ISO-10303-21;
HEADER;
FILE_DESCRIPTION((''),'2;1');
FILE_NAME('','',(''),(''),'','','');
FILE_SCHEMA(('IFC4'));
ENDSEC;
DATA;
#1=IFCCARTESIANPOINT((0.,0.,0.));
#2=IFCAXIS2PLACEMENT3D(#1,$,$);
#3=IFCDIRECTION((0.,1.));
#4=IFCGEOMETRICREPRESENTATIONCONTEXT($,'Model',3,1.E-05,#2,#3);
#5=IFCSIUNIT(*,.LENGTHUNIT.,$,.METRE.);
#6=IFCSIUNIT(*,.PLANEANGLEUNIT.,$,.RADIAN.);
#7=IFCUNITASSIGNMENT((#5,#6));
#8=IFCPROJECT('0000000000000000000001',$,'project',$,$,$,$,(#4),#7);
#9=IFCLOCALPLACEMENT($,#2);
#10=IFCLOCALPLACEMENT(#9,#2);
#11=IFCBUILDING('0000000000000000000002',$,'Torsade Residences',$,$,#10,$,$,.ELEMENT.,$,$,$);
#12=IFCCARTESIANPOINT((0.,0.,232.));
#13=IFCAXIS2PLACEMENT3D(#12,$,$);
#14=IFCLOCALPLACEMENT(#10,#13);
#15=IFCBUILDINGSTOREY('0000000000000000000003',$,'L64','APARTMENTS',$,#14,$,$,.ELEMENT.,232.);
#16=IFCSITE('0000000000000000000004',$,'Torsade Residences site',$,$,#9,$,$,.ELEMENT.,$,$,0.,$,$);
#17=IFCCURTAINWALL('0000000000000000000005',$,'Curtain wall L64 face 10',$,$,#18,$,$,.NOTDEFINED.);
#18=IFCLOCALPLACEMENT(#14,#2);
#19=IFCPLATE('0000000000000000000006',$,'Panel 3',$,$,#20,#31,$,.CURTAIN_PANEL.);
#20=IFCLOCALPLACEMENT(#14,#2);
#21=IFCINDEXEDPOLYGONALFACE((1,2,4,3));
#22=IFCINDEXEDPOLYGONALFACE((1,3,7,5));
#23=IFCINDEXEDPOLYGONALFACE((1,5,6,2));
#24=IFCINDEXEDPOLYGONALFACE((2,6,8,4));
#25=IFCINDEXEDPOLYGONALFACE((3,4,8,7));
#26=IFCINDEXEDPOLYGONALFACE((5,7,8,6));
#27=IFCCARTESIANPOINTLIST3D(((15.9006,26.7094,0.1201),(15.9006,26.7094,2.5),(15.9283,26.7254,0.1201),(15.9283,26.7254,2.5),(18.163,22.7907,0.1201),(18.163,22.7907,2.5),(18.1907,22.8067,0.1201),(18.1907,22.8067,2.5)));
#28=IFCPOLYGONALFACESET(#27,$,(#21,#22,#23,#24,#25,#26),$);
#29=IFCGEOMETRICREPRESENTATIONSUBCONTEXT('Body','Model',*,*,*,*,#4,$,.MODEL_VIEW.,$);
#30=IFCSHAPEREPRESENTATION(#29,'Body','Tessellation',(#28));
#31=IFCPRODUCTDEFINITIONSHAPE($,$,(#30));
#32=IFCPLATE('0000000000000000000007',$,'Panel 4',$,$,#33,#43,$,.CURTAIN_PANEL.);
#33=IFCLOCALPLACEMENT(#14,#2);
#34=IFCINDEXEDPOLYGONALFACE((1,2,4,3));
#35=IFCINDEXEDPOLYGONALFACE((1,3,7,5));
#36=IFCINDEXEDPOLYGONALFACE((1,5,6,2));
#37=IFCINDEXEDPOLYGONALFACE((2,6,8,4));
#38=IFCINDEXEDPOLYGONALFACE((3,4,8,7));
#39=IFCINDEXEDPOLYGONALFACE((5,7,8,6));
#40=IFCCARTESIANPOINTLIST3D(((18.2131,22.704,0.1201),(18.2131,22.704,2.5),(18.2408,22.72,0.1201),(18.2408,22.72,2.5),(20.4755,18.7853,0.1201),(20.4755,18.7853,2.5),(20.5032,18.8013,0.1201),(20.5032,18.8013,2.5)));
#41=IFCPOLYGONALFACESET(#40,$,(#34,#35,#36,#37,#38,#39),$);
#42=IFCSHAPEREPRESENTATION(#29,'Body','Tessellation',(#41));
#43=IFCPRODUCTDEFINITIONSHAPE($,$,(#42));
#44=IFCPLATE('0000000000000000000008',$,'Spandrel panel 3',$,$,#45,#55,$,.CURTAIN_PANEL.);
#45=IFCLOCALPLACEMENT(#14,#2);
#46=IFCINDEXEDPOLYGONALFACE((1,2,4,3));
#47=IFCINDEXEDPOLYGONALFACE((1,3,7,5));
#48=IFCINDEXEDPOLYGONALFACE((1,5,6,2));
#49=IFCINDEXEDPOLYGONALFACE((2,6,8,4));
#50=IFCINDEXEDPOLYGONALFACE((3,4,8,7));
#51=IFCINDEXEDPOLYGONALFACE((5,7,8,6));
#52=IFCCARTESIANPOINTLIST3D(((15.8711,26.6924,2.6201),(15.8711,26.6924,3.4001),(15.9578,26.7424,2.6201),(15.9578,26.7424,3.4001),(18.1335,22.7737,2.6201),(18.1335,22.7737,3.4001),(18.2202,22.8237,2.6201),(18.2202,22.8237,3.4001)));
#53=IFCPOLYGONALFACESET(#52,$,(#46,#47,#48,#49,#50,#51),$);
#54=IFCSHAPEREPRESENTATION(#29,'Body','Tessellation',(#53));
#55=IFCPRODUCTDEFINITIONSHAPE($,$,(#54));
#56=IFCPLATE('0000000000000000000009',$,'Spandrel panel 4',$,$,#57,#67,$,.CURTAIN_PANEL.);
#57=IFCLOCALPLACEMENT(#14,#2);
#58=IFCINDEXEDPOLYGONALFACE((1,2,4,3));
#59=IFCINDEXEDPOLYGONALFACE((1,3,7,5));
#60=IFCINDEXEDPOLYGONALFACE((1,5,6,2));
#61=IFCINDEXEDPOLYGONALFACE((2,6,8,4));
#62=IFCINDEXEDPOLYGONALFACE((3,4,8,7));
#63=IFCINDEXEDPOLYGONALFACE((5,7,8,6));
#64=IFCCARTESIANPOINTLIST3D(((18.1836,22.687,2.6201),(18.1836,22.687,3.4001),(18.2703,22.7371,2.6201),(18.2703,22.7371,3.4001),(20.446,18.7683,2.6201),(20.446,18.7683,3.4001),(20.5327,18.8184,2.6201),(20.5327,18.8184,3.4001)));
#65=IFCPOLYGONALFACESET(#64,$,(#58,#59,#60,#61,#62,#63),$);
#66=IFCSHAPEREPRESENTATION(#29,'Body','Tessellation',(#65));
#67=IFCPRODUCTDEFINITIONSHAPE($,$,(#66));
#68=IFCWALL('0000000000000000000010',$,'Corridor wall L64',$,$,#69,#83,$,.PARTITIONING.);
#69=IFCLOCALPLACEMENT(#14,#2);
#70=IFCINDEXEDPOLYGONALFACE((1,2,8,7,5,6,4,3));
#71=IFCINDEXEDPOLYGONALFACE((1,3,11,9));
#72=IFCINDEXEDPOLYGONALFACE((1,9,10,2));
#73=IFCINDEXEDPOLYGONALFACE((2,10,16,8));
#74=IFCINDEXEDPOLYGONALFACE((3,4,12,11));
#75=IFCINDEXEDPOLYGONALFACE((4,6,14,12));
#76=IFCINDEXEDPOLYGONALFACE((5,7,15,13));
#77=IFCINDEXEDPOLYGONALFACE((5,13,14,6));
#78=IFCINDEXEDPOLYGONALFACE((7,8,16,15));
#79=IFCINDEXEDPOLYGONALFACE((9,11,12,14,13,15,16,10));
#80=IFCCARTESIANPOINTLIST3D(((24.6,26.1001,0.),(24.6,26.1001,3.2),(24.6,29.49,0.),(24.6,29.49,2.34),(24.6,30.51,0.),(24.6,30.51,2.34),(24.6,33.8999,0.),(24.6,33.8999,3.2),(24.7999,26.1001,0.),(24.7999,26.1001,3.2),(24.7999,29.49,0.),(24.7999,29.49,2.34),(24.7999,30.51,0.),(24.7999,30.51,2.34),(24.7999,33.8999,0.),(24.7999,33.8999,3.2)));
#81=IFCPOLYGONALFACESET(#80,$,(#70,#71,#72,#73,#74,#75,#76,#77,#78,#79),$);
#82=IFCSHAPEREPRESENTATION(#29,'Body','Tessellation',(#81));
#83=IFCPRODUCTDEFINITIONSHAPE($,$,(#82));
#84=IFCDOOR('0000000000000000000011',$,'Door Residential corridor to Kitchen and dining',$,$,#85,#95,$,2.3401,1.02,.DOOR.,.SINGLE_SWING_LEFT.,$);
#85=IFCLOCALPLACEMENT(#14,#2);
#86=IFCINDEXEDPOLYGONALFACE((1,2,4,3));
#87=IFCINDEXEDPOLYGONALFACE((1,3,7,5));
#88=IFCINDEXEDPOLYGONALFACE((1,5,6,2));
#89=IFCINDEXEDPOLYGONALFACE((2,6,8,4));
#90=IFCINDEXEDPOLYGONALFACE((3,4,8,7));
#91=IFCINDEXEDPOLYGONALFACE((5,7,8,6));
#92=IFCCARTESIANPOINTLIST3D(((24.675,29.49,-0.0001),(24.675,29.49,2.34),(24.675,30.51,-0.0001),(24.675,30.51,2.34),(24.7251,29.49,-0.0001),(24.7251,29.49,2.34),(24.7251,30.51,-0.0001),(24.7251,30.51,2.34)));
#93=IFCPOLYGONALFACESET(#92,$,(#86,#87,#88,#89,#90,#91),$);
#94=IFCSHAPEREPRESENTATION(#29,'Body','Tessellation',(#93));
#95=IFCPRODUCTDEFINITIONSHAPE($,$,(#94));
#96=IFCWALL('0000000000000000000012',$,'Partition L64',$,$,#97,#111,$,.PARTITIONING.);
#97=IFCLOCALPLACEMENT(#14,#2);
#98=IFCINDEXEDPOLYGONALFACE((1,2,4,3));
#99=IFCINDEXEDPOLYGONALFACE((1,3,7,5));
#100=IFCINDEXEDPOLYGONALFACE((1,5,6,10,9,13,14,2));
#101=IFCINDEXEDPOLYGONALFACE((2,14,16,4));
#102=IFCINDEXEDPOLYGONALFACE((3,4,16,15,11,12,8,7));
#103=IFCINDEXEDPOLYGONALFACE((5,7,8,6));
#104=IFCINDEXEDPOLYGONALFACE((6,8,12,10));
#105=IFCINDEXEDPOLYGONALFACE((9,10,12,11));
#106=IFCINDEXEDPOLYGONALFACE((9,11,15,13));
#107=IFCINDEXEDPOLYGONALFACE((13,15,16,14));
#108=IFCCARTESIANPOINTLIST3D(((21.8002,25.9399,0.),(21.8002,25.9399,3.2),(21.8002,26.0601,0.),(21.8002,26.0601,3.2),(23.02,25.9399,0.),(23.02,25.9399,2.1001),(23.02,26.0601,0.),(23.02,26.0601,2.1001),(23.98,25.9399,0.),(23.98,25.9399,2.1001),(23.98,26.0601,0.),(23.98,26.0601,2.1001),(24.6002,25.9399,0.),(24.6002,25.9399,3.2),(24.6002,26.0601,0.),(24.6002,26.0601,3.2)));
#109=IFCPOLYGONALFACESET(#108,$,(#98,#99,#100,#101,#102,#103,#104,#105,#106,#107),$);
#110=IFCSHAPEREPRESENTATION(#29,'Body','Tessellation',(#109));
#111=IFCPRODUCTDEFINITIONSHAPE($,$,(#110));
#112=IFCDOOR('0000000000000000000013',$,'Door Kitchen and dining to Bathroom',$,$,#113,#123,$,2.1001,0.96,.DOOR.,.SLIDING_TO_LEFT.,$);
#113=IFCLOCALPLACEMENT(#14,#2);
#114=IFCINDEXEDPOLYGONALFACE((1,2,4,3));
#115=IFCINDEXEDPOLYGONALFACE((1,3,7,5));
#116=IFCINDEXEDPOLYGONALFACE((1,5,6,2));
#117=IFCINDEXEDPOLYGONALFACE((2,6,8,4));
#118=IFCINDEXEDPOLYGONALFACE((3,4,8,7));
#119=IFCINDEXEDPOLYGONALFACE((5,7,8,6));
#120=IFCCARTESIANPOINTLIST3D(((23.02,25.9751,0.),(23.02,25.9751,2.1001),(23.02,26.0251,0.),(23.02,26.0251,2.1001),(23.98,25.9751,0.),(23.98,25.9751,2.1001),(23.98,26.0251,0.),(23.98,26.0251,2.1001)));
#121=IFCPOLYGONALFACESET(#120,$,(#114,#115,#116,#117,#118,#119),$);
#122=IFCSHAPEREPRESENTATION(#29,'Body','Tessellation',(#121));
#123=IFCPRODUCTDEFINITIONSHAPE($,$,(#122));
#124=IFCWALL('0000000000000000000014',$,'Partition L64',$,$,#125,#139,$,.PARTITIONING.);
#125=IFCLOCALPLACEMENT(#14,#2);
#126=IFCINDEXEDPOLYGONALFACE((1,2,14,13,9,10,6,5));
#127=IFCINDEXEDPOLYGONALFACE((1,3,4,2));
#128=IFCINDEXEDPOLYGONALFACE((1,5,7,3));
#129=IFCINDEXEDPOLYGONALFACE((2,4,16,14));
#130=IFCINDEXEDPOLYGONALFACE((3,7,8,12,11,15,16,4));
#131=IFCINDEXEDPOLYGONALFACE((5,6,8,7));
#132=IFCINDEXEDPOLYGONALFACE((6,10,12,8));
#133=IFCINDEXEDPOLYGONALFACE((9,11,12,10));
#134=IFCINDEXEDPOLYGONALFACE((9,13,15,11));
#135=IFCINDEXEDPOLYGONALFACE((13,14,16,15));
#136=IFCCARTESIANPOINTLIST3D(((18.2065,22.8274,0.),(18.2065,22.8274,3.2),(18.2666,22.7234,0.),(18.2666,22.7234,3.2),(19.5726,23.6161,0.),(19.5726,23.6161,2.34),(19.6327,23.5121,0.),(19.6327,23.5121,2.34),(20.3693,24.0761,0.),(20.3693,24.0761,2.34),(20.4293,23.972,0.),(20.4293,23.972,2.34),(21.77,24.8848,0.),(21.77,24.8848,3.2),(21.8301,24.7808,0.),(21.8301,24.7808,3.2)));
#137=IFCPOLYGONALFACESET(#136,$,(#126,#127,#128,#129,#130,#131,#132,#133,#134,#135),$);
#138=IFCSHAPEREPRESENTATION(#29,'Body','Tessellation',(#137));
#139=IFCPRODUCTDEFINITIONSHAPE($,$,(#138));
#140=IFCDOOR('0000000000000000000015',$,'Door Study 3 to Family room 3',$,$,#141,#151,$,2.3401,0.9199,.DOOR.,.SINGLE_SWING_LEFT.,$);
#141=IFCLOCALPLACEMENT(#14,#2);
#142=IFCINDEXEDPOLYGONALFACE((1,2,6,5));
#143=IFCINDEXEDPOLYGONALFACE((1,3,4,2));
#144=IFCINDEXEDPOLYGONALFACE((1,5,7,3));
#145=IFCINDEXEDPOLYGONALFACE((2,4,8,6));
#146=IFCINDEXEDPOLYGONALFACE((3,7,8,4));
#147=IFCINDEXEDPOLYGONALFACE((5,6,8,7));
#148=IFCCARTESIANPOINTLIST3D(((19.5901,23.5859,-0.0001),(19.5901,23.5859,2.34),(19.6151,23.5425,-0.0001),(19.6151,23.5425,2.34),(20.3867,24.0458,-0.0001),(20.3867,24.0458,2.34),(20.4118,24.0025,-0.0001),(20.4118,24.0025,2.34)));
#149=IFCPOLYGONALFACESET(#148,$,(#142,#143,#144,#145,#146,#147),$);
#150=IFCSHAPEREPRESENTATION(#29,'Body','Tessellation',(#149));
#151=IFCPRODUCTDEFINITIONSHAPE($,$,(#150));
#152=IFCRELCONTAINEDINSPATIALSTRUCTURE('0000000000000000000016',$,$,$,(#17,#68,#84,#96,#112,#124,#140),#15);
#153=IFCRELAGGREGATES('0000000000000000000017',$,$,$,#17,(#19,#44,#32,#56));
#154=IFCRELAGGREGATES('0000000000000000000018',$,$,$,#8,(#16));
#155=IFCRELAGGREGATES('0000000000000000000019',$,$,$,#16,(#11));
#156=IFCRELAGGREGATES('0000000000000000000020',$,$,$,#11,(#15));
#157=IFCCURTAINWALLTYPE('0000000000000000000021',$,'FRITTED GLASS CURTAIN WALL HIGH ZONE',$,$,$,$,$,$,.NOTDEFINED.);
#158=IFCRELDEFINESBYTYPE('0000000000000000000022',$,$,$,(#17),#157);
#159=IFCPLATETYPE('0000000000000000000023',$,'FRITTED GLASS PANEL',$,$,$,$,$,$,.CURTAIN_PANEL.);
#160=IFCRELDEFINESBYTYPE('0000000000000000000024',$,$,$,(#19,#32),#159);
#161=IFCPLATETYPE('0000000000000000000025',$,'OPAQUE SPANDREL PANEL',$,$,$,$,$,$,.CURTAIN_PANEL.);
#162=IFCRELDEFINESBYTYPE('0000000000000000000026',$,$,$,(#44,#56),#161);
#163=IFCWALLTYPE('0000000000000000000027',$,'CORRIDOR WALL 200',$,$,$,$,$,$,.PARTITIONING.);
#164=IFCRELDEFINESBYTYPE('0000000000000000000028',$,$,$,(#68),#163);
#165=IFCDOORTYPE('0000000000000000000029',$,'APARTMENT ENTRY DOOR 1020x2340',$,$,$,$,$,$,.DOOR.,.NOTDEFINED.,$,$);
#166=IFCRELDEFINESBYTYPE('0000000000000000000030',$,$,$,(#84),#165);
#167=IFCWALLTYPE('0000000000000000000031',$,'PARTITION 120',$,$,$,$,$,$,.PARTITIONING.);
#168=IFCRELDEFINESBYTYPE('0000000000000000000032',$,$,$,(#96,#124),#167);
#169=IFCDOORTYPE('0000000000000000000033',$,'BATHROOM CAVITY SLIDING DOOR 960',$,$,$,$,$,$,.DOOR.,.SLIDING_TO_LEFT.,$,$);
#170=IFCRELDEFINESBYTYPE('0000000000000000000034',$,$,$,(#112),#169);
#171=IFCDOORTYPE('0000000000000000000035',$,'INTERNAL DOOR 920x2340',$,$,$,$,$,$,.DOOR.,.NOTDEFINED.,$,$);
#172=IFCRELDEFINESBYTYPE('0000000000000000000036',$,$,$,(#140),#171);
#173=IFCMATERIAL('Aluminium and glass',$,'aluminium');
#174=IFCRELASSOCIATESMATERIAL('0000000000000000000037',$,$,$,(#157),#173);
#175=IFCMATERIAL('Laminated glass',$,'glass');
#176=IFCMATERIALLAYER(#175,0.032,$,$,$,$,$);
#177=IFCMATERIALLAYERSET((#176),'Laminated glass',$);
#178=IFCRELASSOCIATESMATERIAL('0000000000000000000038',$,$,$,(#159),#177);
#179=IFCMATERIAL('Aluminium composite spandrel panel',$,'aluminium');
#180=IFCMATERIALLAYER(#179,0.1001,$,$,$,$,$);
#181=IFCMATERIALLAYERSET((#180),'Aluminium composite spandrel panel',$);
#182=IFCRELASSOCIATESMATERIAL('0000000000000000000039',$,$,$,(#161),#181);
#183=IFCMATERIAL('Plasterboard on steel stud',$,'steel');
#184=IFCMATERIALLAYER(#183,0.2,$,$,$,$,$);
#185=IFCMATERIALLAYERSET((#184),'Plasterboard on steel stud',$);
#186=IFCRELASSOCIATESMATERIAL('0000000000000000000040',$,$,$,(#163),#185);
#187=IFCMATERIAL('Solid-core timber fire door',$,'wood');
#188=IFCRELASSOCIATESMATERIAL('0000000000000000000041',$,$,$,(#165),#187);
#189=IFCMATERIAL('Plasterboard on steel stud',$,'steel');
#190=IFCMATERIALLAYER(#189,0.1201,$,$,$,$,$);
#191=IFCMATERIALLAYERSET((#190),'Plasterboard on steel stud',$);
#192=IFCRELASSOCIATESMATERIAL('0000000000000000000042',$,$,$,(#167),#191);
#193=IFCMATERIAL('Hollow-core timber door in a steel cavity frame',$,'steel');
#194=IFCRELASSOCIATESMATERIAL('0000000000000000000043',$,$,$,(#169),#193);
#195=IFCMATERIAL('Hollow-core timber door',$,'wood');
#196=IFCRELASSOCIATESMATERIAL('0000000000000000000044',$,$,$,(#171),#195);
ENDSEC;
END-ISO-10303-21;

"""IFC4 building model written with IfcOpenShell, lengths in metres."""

from ifc_helpers import new_model, si_unit, direction, frame, frame_2d, origin, origin_2d, place, context, subcontext, project, spatial, rectangle, extrude, material, layer, layer_set, type_object, element, fill, aggregate, save


model = new_model("IFC4")

# Units and contexts
model_context = context("Model", 3, precision=1e-05, world=origin(), true_north=direction((0.0, 1.0)))
body_context = subcontext(model_context, "Body", "Model", "MODEL_VIEW")
ifc_project = project(units=[si_unit("LENGTHUNIT", "METRE"), si_unit("PLANEANGLEUNIT", "RADIAN")], contexts=[model_context])

# Site, building, storey
site_placement = place(None, origin())
site = spatial("IfcSite", under=ifc_project, at=site_placement, Name="Torsade Residences site", CompositionType="ELEMENT", RefElevation=0.0)
building_placement = place(site_placement, origin())
building = spatial("IfcBuilding", under=site, at=building_placement, Name="Torsade Residences", CompositionType="ELEMENT")
storey_placement = place(building_placement, frame((0.0, 0.0, 232.0)))
storey = spatial("IfcBuildingStorey", under=building, at=storey_placement, Name="L64", Description="APARTMENTS", CompositionType="ELEMENT", Elevation=232.0)

# Curtain wall
ifc_material_1 = material(Name="Aluminium and glass", Category="aluminium")
curtain_wall_type = type_object("IfcCurtainWallType", Name="FRITTED GLASS CURTAIN WALL HIGH ZONE", PredefinedType="NOTDEFINED", material=ifc_material_1)
curtain_wall_placement = place(storey_placement, origin())
curtain_wall = element("IfcCurtainWall", 1, at=curtain_wall_placement, inside=storey, type_object=curtain_wall_type, Name="Curtain wall L64 face 10", PredefinedType="NOTDEFINED")

# Plates
ifc_material_2 = material(Name="Laminated glass", Category="glass")
ifc_layer_1 = layer(ifc_material_2, 0.032)
ifc_layer_set_1 = layer_set([ifc_layer_1], Name="Laminated glass")
plate_type_1 = type_object("IfcPlateType", Name="FRITTED GLASS PANEL", PredefinedType="CURTAIN_PANEL", material=ifc_layer_set_1)
plate_1_placement = place(storey_placement, frame((17.0457, 24.7581, 0.1201), z_axis=(0.0, 0.0, 1.0), x_axis=(0.5, -0.866025, 0.0)))
plate_1 = element("IfcPlate", 2, at=plate_1_placement, type_object=plate_type_1, Name="Panel 3", PredefinedType="CURTAIN_PANEL", context=body_context, shape_type="SweptSolid", body=[
    extrude(rectangle(XDim=4.5249, YDim=0.032, at=origin_2d()), origin(), (0.0, 0.0, 1.0), 2.3799),
])
plate_2_placement = place(storey_placement, frame((19.3582, 20.7527, 0.1201), z_axis=(0.0, 0.0, 1.0), x_axis=(0.5, -0.866025, 0.0)))
plate_2 = element("IfcPlate", 3, at=plate_2_placement, type_object=plate_type_1, Name="Panel 4", PredefinedType="CURTAIN_PANEL", context=body_context, shape_type="SweptSolid", body=[
    extrude(rectangle(XDim=4.5249, YDim=0.032, at=origin_2d()), origin(), (0.0, 0.0, 1.0), 2.3799),
])
ifc_material_3 = material(Name="Aluminium composite spandrel panel", Category="aluminium")
ifc_layer_2 = layer(ifc_material_3, 0.1001)
ifc_layer_set_2 = layer_set([ifc_layer_2], Name="Aluminium composite spandrel panel")
plate_type_2 = type_object("IfcPlateType", Name="OPAQUE SPANDREL PANEL", PredefinedType="CURTAIN_PANEL", material=ifc_layer_set_2)
plate_3_placement = place(storey_placement, frame((17.0457, 24.7581, 2.6201), z_axis=(0.0, 0.0, 1.0), x_axis=(0.5, -0.866025, 0.0)))
plate_3 = element("IfcPlate", 4, at=plate_3_placement, type_object=plate_type_2, Name="Spandrel panel 3", PredefinedType="CURTAIN_PANEL", context=body_context, shape_type="SweptSolid", body=[
    extrude(rectangle(XDim=4.5249, YDim=0.1001, at=origin_2d()), origin(), (0.0, 0.0, 1.0), 0.78),
])
plate_4_placement = place(storey_placement, frame((19.3582, 20.7527, 2.6201), z_axis=(0.0, 0.0, 1.0), x_axis=(0.5, -0.866025, 0.0)))
plate_4 = element("IfcPlate", 5, at=plate_4_placement, type_object=plate_type_2, Name="Spandrel panel 4", PredefinedType="CURTAIN_PANEL", context=body_context, shape_type="SweptSolid", body=[
    extrude(rectangle(XDim=4.5249, YDim=0.1001, at=origin_2d()), origin(), (0.0, 0.0, 1.0), 0.78),
])
aggregate(curtain_wall, [plate_1, plate_3, plate_2, plate_4])

# Walls, openings, doors
ifc_material_4 = material(Name="Plasterboard on steel stud", Category="steel")
ifc_layer_3 = layer(ifc_material_4, 0.2)
ifc_layer_set_3 = layer_set([ifc_layer_3], Name="Plasterboard on steel stud")
wall_type_1 = type_object("IfcWallType", Name="CORRIDOR WALL 200", PredefinedType="PARTITIONING", material=ifc_layer_set_3)
wall_1_placement = place(storey_placement, frame((24.7, 26.1001, 0.0), z_axis=(0.0, 0.0, 1.0), x_axis=(0.0, 1.0, 0.0)))
wall_1 = element("IfcWall", 6, at=wall_1_placement, inside=storey, type_object=wall_type_1, Name="Corridor wall L64", PredefinedType="PARTITIONING", context=body_context, shape_type="SweptSolid", body=[
    extrude(rectangle(XDim=7.7998, YDim=0.2, at=frame_2d((3.8999, 0.0))), origin(), (0.0, 0.0, 1.0), 3.2),
])
opening_1_placement = place(wall_1_placement, frame((3.3899, 0.0, 0.0)))
opening_1 = element("IfcOpeningElement", 7, at=opening_1_placement, cuts=wall_1, PredefinedType="OPENING", context=body_context, shape_type="SweptSolid", body=[
    extrude(rectangle(XDim=1.02, YDim=2.3401, at=frame_2d((0.51, 1.1699))), frame((0.0, 0.1099, 0.0), z_axis=(0.0, -1.0, 0.0), x_axis=(1.0, 0.0, 0.0)), (0.0, 0.0, 1.0), 0.22),
])
ifc_material_5 = material(Name="Solid-core timber fire door", Category="wood")
door_type_1 = type_object("IfcDoorType", Name="APARTMENT ENTRY DOOR 1020x2340", OperationType="NOTDEFINED", PredefinedType="DOOR", material=ifc_material_5)
door_1_placement = place(opening_1_placement, origin())
door_1 = element("IfcDoor", 8, at=door_1_placement, inside=storey, type_object=door_type_1, Name="Door Residential corridor to Kitchen and dining", OperationType="SINGLE_SWING_LEFT", OverallHeight=2.3401, OverallWidth=1.02, PredefinedType="DOOR", context=body_context, shape_type="SweptSolid", body=[
    extrude(rectangle(XDim=1.02, YDim=2.3401, at=frame_2d((0.51, 1.1699))), frame((0.0, 0.0249, 0.0), z_axis=(0.0, -1.0, 0.0), x_axis=(1.0, 0.0, 0.0)), (0.0, 0.0, 1.0), 0.05),
])
fill(opening_1, door_1)
ifc_material_6 = material(Name="Plasterboard on steel stud", Category="steel")
ifc_layer_4 = layer(ifc_material_6, 0.1201)
ifc_layer_set_4 = layer_set([ifc_layer_4], Name="Plasterboard on steel stud")
wall_type_2 = type_object("IfcWallType", Name="PARTITION 120", PredefinedType="PARTITIONING", material=ifc_layer_set_4)
wall_2_placement = place(storey_placement, frame((24.6001, 26.0, 0.0), z_axis=(0.0, 0.0, 1.0), x_axis=(-1.0, 0.0, 0.0)))
wall_2 = element("IfcWall", 9, at=wall_2_placement, inside=storey, type_object=wall_type_2, Name="Partition L64", PredefinedType="PARTITIONING", context=body_context, shape_type="SweptSolid", body=[
    extrude(rectangle(XDim=2.8, YDim=0.1201, at=frame_2d((1.3999, 0.0))), origin(), (0.0, 0.0, 1.0), 3.2),
])
opening_2_placement = place(wall_2_placement, frame((0.6201, 0.0, 0.0)))
opening_2 = element("IfcOpeningElement", 10, at=opening_2_placement, cuts=wall_2, PredefinedType="OPENING", context=body_context, shape_type="SweptSolid", body=[
    extrude(rectangle(XDim=0.96, YDim=2.1001, at=frame_2d((0.48, 1.05))), frame((0.0, 0.0701, 0.0), z_axis=(0.0, -1.0, 0.0), x_axis=(1.0, 0.0, 0.0)), (0.0, 0.0, 1.0), 0.1401),
])
ifc_material_7 = material(Name="Hollow-core timber door in a steel cavity frame", Category="steel")
door_type_2 = type_object("IfcDoorType", Name="BATHROOM CAVITY SLIDING DOOR 960", OperationType="SLIDING_TO_LEFT", PredefinedType="DOOR", material=ifc_material_7)
door_2_placement = place(opening_2_placement, origin())
door_2 = element("IfcDoor", 11, at=door_2_placement, inside=storey, type_object=door_type_2, Name="Door Kitchen and dining to Bathroom", OperationType="SLIDING_TO_LEFT", OverallHeight=2.1001, OverallWidth=0.96, PredefinedType="DOOR", context=body_context, shape_type="SweptSolid", body=[
    extrude(rectangle(XDim=0.96, YDim=2.1001, at=frame_2d((0.48, 1.05))), frame((0.0, 0.0249, 0.0), z_axis=(0.0, -1.0, 0.0), x_axis=(1.0, 0.0, 0.0)), (0.0, 0.0, 1.0), 0.05),
])
fill(opening_2, door_2)
wall_3_placement = place(storey_placement, frame((21.8, 24.8328, 0.0), z_axis=(0.0, 0.0, 1.0), x_axis=(-0.866026, -0.5, 0.0)))
wall_3 = element("IfcWall", 12, at=wall_3_placement, inside=storey, type_object=wall_type_2, Name="Partition L64", PredefinedType="PARTITIONING", context=body_context, shape_type="SweptSolid", body=[
    extrude(rectangle(XDim=4.1147, YDim=0.1201, at=frame_2d((2.0574, 0.0))), origin(), (0.0, 0.0, 1.0), 3.2),
])
opening_3_placement = place(wall_3_placement, frame((1.6174, 0.0, 0.0)))
opening_3 = element("IfcOpeningElement", 13, at=opening_3_placement, cuts=wall_3, PredefinedType="OPENING", context=body_context, shape_type="SweptSolid", body=[
    extrude(rectangle(XDim=0.9199, YDim=2.3401, at=frame_2d((0.46, 1.1699))), frame((0.0, 0.0701, 0.0), z_axis=(0.0, -1.0, 0.0), x_axis=(1.0, 0.0, 0.0)), (0.0, 0.0, 1.0), 0.1401),
])
ifc_material_8 = material(Name="Hollow-core timber door", Category="wood")
door_type_3 = type_object("IfcDoorType", Name="INTERNAL DOOR 920x2340", OperationType="NOTDEFINED", PredefinedType="DOOR", material=ifc_material_8)
door_3_placement = place(opening_3_placement, origin())
door_3 = element("IfcDoor", 14, at=door_3_placement, inside=storey, type_object=door_type_3, Name="Door Study 3 to Family room 3", OperationType="SINGLE_SWING_LEFT", OverallHeight=2.3401, OverallWidth=0.9199, PredefinedType="DOOR", context=body_context, shape_type="SweptSolid", body=[
    extrude(rectangle(XDim=0.9199, YDim=2.3401, at=frame_2d((0.46, 1.1699))), frame((0.0, 0.0249, 0.0), z_axis=(0.0, -1.0, 0.0), x_axis=(1.0, 0.0, 0.0)), (0.0, 0.0, 1.0), 0.05),
])
fill(opening_3, door_3)

save(model, "model.ifc")
